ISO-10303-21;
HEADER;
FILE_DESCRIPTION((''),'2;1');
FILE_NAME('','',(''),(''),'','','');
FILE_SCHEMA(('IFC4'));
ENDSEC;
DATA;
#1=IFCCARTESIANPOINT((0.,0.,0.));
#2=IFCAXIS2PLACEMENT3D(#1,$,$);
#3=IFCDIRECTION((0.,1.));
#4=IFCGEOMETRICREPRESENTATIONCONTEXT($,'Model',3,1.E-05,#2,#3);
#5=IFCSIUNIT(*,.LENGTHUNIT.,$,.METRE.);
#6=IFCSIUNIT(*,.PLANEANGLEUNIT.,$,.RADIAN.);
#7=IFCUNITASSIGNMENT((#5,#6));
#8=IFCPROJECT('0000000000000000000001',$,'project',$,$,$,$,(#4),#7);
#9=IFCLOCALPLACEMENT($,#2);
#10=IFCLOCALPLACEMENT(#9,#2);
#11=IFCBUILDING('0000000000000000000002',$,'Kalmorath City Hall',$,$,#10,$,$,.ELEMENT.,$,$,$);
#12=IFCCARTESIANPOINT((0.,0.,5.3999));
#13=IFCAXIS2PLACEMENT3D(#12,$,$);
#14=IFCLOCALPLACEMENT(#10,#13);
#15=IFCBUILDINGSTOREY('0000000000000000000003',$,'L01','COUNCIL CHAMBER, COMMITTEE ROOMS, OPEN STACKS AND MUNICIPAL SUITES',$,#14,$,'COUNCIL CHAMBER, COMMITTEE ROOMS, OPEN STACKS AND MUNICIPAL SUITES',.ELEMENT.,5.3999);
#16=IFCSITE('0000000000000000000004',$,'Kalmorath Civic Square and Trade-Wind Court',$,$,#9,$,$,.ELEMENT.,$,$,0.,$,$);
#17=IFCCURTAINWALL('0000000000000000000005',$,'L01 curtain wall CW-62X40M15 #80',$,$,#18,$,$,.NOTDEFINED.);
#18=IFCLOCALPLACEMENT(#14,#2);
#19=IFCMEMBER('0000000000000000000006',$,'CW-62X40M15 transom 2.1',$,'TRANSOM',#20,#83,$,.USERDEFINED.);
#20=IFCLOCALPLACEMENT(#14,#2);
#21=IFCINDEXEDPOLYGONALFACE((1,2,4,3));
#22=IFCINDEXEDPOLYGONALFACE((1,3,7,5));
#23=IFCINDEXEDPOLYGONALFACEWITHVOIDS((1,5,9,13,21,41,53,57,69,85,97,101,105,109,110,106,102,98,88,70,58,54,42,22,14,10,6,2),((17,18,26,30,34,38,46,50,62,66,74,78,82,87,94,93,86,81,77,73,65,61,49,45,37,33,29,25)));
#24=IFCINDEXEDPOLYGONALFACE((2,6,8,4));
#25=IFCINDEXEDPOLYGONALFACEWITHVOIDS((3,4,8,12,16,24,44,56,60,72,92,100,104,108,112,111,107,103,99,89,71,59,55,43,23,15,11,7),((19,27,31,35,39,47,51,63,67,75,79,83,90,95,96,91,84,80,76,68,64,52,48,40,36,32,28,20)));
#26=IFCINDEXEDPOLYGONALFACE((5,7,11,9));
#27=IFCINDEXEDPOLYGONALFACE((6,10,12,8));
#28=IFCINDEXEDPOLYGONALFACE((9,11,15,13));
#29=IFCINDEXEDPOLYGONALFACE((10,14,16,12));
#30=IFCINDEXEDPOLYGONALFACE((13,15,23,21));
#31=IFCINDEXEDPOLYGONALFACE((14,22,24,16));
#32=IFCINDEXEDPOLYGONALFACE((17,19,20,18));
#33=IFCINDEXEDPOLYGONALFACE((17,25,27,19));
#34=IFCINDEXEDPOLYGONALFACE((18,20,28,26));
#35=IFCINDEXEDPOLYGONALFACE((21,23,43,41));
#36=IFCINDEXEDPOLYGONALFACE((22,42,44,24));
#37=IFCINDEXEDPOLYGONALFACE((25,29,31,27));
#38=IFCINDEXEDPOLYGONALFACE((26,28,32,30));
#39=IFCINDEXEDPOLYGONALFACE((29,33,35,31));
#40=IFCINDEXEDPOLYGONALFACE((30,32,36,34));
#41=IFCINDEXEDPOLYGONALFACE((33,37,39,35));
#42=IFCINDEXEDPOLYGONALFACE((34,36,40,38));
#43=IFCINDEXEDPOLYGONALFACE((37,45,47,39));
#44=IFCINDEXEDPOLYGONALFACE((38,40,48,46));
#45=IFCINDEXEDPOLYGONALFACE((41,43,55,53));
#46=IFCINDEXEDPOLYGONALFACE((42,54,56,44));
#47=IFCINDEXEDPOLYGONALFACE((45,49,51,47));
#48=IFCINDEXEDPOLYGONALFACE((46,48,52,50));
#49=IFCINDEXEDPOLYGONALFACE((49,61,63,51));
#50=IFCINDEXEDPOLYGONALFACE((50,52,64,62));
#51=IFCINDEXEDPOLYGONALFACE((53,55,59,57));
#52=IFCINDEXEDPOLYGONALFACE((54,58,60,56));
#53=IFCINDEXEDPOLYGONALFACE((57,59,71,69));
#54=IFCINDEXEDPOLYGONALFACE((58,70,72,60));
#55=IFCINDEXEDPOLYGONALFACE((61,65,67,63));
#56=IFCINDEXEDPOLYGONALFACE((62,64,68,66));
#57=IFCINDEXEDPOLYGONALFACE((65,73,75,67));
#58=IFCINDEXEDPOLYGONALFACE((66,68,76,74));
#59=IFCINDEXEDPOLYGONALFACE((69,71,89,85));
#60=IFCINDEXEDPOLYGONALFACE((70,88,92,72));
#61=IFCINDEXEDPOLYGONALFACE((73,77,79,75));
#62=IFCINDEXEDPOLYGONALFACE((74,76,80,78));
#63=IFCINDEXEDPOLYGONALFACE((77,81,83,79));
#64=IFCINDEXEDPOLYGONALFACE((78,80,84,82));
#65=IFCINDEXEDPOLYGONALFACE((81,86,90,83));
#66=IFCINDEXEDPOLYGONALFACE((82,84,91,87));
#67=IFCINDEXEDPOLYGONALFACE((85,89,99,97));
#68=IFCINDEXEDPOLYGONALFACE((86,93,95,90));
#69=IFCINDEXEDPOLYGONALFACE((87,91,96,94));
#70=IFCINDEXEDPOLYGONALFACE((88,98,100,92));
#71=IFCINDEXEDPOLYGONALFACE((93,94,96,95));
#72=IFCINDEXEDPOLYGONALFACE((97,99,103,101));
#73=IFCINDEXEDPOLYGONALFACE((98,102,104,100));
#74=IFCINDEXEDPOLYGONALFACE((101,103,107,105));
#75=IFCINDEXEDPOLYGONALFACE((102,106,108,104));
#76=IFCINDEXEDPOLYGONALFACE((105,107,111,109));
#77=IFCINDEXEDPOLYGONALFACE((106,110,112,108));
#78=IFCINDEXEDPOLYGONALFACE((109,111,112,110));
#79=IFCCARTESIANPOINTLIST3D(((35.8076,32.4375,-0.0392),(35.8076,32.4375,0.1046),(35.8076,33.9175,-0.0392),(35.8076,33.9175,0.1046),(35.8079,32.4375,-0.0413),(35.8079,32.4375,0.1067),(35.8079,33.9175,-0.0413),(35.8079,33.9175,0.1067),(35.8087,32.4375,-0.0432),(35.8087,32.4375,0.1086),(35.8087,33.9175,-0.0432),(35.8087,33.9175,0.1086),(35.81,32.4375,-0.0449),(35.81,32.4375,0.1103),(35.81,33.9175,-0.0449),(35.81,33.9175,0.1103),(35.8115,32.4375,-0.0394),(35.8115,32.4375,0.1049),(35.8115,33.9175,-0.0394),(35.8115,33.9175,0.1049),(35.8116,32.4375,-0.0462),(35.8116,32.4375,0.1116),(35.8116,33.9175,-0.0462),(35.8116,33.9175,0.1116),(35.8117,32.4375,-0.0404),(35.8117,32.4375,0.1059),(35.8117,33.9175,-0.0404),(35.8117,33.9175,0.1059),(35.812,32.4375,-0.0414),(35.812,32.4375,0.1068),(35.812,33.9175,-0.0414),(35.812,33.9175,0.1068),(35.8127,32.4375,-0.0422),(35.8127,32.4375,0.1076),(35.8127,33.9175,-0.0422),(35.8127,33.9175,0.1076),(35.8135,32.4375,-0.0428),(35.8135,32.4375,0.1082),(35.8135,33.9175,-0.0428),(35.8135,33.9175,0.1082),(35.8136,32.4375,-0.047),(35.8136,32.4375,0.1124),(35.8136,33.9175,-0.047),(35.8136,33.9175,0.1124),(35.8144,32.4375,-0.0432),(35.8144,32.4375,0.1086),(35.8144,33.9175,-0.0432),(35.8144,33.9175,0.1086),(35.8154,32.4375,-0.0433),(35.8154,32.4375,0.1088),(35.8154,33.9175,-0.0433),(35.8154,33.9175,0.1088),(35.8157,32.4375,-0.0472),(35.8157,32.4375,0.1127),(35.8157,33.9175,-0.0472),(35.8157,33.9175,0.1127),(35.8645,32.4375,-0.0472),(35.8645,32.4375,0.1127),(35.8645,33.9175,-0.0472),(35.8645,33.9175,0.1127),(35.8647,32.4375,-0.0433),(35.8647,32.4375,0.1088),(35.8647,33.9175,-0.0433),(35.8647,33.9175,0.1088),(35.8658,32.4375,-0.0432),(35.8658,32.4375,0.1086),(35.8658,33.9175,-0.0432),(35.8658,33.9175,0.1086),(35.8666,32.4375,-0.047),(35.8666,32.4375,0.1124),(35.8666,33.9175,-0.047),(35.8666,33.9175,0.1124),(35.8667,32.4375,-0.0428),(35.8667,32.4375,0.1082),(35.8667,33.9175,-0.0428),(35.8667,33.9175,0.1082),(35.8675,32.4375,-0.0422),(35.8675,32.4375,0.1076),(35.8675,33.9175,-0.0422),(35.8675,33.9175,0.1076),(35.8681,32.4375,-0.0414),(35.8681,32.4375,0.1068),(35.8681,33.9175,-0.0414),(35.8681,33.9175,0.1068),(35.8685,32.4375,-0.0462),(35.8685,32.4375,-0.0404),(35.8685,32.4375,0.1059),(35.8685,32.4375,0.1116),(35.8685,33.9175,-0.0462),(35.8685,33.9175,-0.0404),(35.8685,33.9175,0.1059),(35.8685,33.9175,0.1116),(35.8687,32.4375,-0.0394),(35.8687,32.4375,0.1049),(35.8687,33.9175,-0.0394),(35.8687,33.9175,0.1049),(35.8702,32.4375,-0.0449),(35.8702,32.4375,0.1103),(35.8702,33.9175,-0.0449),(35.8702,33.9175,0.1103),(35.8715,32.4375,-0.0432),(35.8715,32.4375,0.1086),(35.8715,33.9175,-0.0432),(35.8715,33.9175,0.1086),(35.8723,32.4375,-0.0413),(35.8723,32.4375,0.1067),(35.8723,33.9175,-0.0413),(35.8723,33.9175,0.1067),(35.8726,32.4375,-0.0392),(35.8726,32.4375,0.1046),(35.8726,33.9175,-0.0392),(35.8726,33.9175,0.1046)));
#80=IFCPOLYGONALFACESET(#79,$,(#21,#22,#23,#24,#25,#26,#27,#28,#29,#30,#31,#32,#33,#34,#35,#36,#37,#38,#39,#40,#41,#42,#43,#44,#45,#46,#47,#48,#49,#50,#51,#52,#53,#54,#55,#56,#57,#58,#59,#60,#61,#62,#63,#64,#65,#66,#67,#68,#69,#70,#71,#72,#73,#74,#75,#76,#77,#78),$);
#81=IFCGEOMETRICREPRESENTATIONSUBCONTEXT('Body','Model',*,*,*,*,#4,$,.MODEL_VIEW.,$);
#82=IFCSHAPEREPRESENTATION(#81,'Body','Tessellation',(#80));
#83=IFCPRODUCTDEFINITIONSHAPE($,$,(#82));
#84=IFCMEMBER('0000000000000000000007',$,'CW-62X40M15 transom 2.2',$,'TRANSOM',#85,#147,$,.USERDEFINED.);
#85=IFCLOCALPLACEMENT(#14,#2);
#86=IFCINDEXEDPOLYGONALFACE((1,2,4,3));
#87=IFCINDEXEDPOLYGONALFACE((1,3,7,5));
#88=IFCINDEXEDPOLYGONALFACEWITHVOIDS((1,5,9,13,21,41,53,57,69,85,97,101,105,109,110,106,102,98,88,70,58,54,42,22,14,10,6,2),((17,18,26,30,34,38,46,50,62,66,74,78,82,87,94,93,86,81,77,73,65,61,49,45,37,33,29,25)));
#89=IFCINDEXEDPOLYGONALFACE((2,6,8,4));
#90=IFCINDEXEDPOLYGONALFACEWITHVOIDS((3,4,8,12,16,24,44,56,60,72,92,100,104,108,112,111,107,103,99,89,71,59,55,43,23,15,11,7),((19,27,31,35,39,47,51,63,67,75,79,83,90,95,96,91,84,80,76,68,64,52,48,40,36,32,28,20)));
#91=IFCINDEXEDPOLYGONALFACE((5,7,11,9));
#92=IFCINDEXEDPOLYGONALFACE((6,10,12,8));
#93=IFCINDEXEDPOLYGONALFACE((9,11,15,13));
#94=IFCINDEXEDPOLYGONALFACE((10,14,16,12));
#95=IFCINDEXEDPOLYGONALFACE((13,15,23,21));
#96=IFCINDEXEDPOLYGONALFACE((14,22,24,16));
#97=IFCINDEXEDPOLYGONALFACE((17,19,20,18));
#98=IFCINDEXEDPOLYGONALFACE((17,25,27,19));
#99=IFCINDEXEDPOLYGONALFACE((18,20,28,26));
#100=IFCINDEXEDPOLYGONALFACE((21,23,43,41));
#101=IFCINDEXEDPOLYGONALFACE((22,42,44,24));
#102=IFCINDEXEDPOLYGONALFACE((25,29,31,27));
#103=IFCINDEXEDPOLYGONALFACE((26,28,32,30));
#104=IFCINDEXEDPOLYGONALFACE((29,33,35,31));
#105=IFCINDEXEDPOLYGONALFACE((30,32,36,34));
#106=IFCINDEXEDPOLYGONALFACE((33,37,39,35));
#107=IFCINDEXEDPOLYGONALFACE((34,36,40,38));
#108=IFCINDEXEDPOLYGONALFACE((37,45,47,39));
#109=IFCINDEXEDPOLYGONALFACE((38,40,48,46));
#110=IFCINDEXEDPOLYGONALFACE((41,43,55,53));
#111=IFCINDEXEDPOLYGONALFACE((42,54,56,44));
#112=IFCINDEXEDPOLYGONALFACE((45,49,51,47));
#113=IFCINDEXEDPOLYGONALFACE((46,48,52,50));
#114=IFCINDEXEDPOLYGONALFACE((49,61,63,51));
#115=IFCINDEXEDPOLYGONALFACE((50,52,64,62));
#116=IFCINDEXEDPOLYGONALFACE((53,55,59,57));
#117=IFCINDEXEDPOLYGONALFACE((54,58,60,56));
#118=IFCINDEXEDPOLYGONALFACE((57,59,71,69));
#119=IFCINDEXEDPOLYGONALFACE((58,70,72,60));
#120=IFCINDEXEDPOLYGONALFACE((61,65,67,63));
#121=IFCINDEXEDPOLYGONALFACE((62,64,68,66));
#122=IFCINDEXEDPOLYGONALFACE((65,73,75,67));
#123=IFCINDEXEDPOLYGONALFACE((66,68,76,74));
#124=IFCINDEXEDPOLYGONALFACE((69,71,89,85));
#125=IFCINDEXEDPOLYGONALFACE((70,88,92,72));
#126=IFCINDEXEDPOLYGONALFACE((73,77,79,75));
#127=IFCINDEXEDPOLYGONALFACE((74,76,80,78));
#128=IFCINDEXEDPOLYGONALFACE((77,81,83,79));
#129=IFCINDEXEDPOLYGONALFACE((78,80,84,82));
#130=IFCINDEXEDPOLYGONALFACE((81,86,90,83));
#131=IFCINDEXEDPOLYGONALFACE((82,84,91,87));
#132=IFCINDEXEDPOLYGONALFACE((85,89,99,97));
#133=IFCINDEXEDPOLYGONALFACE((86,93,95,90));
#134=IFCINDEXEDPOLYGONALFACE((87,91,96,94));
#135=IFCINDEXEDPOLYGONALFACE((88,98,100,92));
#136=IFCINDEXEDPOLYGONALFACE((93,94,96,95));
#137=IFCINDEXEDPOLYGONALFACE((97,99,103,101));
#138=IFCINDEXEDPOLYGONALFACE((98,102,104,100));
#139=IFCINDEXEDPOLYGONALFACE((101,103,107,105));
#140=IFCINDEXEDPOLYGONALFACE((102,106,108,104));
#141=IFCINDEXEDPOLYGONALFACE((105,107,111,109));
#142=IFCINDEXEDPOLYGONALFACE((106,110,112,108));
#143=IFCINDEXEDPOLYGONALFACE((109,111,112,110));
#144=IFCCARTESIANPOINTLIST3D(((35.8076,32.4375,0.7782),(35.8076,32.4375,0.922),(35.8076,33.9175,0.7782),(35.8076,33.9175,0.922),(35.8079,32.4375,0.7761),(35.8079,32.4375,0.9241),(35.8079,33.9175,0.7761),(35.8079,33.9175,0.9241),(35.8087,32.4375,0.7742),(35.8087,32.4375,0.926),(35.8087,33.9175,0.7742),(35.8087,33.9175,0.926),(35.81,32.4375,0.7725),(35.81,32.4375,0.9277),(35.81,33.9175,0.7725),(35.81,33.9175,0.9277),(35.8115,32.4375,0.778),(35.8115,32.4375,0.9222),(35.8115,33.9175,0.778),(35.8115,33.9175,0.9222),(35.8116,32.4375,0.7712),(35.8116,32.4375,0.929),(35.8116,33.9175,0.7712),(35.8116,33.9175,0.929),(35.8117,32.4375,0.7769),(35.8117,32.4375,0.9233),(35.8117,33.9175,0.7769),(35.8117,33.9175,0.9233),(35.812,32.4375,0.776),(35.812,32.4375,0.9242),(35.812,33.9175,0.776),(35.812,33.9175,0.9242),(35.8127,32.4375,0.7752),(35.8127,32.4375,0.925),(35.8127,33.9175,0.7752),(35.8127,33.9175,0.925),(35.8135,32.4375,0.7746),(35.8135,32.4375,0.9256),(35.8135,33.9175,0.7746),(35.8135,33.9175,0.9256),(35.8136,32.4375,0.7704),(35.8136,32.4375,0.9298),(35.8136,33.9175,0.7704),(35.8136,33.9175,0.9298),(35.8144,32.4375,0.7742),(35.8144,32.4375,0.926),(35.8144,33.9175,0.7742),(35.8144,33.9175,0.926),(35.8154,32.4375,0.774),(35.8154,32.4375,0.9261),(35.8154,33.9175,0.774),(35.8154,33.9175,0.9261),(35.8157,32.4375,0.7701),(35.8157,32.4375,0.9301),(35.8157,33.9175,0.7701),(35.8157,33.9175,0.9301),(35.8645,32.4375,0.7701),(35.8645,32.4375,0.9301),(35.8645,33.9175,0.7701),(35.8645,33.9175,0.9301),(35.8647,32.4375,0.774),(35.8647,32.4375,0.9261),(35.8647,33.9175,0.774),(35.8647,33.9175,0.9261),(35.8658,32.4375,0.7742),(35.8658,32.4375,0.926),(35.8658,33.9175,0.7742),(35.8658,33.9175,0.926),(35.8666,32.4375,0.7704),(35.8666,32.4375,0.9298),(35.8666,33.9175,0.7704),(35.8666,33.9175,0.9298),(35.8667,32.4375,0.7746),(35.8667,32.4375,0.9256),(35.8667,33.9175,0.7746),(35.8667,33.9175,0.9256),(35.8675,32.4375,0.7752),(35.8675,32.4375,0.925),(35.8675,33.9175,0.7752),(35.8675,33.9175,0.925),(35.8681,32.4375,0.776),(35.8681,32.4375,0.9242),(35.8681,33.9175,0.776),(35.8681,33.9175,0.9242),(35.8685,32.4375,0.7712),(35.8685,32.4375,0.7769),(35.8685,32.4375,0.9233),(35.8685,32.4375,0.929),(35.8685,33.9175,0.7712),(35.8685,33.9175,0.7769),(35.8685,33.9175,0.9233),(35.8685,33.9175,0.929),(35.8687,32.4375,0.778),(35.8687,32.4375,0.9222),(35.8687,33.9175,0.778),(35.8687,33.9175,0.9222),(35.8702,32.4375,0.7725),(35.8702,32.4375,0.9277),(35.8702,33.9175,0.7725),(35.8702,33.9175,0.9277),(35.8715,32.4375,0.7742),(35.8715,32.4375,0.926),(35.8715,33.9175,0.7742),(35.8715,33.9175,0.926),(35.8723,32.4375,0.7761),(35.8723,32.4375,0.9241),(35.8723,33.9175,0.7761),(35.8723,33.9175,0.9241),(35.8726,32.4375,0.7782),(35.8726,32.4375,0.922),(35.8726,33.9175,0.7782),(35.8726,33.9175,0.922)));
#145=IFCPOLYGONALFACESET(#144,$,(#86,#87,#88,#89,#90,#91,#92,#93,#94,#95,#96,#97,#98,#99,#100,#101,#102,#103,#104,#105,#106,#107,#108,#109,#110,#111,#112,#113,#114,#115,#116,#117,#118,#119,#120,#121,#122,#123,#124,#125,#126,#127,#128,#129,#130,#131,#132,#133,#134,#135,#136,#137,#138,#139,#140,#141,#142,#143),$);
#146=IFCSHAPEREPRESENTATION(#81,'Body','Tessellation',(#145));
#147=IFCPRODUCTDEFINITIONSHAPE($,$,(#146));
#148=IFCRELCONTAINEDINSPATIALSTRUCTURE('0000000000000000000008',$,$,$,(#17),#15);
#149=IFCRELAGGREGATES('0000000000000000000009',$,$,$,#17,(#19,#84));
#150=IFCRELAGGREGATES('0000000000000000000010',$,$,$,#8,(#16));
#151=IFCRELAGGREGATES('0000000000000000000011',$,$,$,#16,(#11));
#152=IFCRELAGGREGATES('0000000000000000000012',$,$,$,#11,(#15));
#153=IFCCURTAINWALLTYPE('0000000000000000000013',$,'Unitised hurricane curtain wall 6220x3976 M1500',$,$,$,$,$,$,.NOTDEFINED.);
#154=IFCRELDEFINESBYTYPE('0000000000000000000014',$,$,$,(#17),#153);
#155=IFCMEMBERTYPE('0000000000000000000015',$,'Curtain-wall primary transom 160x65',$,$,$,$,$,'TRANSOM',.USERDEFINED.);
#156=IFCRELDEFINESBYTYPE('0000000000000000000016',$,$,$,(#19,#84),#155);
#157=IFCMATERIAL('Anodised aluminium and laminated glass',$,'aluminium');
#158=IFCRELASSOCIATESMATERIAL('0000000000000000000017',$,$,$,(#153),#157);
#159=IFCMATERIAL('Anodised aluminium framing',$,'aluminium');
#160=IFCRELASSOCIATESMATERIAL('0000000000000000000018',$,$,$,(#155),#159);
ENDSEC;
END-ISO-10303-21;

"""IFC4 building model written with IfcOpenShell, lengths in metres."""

from ifc_helpers import new_model, si_unit, direction, frame, origin, origin_2d, place, context, subcontext, project, spatial, hollow_rectangle, extrude, material, material_profile, profile_set, type_object, element, aggregate, save


model = new_model("IFC4")

# Units and contexts
model_context = context("Model", 3, precision=1e-05, world=origin(), true_north=direction((0.0, 1.0)))
body_context = subcontext(model_context, "Body", "Model", "MODEL_VIEW")
ifc_project = project(units=[si_unit("LENGTHUNIT", "METRE"), si_unit("PLANEANGLEUNIT", "RADIAN")], contexts=[model_context])

# Site, building, storey
site_placement = place(None, origin())
site = spatial("IfcSite", under=ifc_project, at=site_placement, Name="Kalmorath Civic Square and Trade-Wind Court", CompositionType="ELEMENT", RefElevation=0.0)
building_placement = place(site_placement, origin())
building = spatial("IfcBuilding", under=site, at=building_placement, Name="Kalmorath City Hall", CompositionType="ELEMENT")
storey_placement = place(building_placement, frame((0.0, 0.0, 5.3999)))
storey = spatial("IfcBuildingStorey", under=building, at=storey_placement, Name="L01", Description="COUNCIL CHAMBER, COMMITTEE ROOMS, OPEN STACKS AND MUNICIPAL SUITES", LongName="COUNCIL CHAMBER, COMMITTEE ROOMS, OPEN STACKS AND MUNICIPAL SUITES", CompositionType="ELEMENT", Elevation=5.3999)

# Curtain wall
ifc_material_1 = material(Name="Anodised aluminium and laminated glass", Category="aluminium")
curtain_wall_type_1 = type_object("IfcCurtainWallType", Name="Unitised hurricane curtain wall 6220x3976 M1500", PredefinedType="NOTDEFINED", material=ifc_material_1)
curtain_wall_1_placement = place(storey_placement, origin())
curtain_wall_1 = element("IfcCurtainWall", 1, at=curtain_wall_1_placement, inside=storey, type_object=curtain_wall_type_1, Name="L01 curtain wall CW-62X40M15 #80", PredefinedType="NOTDEFINED")

# Members
ifc_material_2 = material(Name="Anodised aluminium framing", Category="aluminium")
ifc_material_profile_1 = material_profile(ifc_material_2, hollow_rectangle(XDim=0.0649, YDim=0.1599, WallThickness=0.0039, InnerFilletRadius=0.0039, OuterFilletRadius=0.0081, at=origin_2d()), Name="ALU-TRN-160X65X4")
ifc_profile_set_1 = profile_set([ifc_material_profile_1], Name="Anodised aluminium framing")
member_type_1 = type_object("IfcMemberType", Name="Curtain-wall primary transom 160x65", ElementType="TRANSOM", PredefinedType="USERDEFINED", material=ifc_profile_set_1)
member_1_placement = place(storey_placement, frame((35.8401, 33.9175, 0.0327), z_axis=(0.0, -1.0, 0.0), x_axis=(1.0, 0.0, 0.0)))
member_1 = element("IfcMember", 2, at=member_1_placement, type_object=member_type_1, Name="CW-62X40M15 transom 2.1", ObjectType="TRANSOM", PredefinedType="USERDEFINED", context=body_context, shape_type="SweptSolid", body=[
    extrude(hollow_rectangle(XDim=0.0649, YDim=0.1599, WallThickness=0.0039, InnerFilletRadius=0.0039, OuterFilletRadius=0.0081, at=origin_2d()), origin(), (0.0, 0.0, 1.0), 1.48),
])
member_2_placement = place(storey_placement, frame((35.8401, 33.9175, 0.8501), z_axis=(0.0, -1.0, 0.0), x_axis=(1.0, 0.0, 0.0)))
member_2 = element("IfcMember", 3, at=member_2_placement, type_object=member_type_1, Name="CW-62X40M15 transom 2.2", ObjectType="TRANSOM", PredefinedType="USERDEFINED", context=body_context, shape_type="SweptSolid", body=[
    extrude(hollow_rectangle(XDim=0.0649, YDim=0.1599, WallThickness=0.0039, InnerFilletRadius=0.0039, OuterFilletRadius=0.0081, at=origin_2d()), origin(), (0.0, 0.0, 1.0), 1.48),
])

aggregate(curtain_wall_1, [member_1, member_2])

save(model, "model.ifc")
